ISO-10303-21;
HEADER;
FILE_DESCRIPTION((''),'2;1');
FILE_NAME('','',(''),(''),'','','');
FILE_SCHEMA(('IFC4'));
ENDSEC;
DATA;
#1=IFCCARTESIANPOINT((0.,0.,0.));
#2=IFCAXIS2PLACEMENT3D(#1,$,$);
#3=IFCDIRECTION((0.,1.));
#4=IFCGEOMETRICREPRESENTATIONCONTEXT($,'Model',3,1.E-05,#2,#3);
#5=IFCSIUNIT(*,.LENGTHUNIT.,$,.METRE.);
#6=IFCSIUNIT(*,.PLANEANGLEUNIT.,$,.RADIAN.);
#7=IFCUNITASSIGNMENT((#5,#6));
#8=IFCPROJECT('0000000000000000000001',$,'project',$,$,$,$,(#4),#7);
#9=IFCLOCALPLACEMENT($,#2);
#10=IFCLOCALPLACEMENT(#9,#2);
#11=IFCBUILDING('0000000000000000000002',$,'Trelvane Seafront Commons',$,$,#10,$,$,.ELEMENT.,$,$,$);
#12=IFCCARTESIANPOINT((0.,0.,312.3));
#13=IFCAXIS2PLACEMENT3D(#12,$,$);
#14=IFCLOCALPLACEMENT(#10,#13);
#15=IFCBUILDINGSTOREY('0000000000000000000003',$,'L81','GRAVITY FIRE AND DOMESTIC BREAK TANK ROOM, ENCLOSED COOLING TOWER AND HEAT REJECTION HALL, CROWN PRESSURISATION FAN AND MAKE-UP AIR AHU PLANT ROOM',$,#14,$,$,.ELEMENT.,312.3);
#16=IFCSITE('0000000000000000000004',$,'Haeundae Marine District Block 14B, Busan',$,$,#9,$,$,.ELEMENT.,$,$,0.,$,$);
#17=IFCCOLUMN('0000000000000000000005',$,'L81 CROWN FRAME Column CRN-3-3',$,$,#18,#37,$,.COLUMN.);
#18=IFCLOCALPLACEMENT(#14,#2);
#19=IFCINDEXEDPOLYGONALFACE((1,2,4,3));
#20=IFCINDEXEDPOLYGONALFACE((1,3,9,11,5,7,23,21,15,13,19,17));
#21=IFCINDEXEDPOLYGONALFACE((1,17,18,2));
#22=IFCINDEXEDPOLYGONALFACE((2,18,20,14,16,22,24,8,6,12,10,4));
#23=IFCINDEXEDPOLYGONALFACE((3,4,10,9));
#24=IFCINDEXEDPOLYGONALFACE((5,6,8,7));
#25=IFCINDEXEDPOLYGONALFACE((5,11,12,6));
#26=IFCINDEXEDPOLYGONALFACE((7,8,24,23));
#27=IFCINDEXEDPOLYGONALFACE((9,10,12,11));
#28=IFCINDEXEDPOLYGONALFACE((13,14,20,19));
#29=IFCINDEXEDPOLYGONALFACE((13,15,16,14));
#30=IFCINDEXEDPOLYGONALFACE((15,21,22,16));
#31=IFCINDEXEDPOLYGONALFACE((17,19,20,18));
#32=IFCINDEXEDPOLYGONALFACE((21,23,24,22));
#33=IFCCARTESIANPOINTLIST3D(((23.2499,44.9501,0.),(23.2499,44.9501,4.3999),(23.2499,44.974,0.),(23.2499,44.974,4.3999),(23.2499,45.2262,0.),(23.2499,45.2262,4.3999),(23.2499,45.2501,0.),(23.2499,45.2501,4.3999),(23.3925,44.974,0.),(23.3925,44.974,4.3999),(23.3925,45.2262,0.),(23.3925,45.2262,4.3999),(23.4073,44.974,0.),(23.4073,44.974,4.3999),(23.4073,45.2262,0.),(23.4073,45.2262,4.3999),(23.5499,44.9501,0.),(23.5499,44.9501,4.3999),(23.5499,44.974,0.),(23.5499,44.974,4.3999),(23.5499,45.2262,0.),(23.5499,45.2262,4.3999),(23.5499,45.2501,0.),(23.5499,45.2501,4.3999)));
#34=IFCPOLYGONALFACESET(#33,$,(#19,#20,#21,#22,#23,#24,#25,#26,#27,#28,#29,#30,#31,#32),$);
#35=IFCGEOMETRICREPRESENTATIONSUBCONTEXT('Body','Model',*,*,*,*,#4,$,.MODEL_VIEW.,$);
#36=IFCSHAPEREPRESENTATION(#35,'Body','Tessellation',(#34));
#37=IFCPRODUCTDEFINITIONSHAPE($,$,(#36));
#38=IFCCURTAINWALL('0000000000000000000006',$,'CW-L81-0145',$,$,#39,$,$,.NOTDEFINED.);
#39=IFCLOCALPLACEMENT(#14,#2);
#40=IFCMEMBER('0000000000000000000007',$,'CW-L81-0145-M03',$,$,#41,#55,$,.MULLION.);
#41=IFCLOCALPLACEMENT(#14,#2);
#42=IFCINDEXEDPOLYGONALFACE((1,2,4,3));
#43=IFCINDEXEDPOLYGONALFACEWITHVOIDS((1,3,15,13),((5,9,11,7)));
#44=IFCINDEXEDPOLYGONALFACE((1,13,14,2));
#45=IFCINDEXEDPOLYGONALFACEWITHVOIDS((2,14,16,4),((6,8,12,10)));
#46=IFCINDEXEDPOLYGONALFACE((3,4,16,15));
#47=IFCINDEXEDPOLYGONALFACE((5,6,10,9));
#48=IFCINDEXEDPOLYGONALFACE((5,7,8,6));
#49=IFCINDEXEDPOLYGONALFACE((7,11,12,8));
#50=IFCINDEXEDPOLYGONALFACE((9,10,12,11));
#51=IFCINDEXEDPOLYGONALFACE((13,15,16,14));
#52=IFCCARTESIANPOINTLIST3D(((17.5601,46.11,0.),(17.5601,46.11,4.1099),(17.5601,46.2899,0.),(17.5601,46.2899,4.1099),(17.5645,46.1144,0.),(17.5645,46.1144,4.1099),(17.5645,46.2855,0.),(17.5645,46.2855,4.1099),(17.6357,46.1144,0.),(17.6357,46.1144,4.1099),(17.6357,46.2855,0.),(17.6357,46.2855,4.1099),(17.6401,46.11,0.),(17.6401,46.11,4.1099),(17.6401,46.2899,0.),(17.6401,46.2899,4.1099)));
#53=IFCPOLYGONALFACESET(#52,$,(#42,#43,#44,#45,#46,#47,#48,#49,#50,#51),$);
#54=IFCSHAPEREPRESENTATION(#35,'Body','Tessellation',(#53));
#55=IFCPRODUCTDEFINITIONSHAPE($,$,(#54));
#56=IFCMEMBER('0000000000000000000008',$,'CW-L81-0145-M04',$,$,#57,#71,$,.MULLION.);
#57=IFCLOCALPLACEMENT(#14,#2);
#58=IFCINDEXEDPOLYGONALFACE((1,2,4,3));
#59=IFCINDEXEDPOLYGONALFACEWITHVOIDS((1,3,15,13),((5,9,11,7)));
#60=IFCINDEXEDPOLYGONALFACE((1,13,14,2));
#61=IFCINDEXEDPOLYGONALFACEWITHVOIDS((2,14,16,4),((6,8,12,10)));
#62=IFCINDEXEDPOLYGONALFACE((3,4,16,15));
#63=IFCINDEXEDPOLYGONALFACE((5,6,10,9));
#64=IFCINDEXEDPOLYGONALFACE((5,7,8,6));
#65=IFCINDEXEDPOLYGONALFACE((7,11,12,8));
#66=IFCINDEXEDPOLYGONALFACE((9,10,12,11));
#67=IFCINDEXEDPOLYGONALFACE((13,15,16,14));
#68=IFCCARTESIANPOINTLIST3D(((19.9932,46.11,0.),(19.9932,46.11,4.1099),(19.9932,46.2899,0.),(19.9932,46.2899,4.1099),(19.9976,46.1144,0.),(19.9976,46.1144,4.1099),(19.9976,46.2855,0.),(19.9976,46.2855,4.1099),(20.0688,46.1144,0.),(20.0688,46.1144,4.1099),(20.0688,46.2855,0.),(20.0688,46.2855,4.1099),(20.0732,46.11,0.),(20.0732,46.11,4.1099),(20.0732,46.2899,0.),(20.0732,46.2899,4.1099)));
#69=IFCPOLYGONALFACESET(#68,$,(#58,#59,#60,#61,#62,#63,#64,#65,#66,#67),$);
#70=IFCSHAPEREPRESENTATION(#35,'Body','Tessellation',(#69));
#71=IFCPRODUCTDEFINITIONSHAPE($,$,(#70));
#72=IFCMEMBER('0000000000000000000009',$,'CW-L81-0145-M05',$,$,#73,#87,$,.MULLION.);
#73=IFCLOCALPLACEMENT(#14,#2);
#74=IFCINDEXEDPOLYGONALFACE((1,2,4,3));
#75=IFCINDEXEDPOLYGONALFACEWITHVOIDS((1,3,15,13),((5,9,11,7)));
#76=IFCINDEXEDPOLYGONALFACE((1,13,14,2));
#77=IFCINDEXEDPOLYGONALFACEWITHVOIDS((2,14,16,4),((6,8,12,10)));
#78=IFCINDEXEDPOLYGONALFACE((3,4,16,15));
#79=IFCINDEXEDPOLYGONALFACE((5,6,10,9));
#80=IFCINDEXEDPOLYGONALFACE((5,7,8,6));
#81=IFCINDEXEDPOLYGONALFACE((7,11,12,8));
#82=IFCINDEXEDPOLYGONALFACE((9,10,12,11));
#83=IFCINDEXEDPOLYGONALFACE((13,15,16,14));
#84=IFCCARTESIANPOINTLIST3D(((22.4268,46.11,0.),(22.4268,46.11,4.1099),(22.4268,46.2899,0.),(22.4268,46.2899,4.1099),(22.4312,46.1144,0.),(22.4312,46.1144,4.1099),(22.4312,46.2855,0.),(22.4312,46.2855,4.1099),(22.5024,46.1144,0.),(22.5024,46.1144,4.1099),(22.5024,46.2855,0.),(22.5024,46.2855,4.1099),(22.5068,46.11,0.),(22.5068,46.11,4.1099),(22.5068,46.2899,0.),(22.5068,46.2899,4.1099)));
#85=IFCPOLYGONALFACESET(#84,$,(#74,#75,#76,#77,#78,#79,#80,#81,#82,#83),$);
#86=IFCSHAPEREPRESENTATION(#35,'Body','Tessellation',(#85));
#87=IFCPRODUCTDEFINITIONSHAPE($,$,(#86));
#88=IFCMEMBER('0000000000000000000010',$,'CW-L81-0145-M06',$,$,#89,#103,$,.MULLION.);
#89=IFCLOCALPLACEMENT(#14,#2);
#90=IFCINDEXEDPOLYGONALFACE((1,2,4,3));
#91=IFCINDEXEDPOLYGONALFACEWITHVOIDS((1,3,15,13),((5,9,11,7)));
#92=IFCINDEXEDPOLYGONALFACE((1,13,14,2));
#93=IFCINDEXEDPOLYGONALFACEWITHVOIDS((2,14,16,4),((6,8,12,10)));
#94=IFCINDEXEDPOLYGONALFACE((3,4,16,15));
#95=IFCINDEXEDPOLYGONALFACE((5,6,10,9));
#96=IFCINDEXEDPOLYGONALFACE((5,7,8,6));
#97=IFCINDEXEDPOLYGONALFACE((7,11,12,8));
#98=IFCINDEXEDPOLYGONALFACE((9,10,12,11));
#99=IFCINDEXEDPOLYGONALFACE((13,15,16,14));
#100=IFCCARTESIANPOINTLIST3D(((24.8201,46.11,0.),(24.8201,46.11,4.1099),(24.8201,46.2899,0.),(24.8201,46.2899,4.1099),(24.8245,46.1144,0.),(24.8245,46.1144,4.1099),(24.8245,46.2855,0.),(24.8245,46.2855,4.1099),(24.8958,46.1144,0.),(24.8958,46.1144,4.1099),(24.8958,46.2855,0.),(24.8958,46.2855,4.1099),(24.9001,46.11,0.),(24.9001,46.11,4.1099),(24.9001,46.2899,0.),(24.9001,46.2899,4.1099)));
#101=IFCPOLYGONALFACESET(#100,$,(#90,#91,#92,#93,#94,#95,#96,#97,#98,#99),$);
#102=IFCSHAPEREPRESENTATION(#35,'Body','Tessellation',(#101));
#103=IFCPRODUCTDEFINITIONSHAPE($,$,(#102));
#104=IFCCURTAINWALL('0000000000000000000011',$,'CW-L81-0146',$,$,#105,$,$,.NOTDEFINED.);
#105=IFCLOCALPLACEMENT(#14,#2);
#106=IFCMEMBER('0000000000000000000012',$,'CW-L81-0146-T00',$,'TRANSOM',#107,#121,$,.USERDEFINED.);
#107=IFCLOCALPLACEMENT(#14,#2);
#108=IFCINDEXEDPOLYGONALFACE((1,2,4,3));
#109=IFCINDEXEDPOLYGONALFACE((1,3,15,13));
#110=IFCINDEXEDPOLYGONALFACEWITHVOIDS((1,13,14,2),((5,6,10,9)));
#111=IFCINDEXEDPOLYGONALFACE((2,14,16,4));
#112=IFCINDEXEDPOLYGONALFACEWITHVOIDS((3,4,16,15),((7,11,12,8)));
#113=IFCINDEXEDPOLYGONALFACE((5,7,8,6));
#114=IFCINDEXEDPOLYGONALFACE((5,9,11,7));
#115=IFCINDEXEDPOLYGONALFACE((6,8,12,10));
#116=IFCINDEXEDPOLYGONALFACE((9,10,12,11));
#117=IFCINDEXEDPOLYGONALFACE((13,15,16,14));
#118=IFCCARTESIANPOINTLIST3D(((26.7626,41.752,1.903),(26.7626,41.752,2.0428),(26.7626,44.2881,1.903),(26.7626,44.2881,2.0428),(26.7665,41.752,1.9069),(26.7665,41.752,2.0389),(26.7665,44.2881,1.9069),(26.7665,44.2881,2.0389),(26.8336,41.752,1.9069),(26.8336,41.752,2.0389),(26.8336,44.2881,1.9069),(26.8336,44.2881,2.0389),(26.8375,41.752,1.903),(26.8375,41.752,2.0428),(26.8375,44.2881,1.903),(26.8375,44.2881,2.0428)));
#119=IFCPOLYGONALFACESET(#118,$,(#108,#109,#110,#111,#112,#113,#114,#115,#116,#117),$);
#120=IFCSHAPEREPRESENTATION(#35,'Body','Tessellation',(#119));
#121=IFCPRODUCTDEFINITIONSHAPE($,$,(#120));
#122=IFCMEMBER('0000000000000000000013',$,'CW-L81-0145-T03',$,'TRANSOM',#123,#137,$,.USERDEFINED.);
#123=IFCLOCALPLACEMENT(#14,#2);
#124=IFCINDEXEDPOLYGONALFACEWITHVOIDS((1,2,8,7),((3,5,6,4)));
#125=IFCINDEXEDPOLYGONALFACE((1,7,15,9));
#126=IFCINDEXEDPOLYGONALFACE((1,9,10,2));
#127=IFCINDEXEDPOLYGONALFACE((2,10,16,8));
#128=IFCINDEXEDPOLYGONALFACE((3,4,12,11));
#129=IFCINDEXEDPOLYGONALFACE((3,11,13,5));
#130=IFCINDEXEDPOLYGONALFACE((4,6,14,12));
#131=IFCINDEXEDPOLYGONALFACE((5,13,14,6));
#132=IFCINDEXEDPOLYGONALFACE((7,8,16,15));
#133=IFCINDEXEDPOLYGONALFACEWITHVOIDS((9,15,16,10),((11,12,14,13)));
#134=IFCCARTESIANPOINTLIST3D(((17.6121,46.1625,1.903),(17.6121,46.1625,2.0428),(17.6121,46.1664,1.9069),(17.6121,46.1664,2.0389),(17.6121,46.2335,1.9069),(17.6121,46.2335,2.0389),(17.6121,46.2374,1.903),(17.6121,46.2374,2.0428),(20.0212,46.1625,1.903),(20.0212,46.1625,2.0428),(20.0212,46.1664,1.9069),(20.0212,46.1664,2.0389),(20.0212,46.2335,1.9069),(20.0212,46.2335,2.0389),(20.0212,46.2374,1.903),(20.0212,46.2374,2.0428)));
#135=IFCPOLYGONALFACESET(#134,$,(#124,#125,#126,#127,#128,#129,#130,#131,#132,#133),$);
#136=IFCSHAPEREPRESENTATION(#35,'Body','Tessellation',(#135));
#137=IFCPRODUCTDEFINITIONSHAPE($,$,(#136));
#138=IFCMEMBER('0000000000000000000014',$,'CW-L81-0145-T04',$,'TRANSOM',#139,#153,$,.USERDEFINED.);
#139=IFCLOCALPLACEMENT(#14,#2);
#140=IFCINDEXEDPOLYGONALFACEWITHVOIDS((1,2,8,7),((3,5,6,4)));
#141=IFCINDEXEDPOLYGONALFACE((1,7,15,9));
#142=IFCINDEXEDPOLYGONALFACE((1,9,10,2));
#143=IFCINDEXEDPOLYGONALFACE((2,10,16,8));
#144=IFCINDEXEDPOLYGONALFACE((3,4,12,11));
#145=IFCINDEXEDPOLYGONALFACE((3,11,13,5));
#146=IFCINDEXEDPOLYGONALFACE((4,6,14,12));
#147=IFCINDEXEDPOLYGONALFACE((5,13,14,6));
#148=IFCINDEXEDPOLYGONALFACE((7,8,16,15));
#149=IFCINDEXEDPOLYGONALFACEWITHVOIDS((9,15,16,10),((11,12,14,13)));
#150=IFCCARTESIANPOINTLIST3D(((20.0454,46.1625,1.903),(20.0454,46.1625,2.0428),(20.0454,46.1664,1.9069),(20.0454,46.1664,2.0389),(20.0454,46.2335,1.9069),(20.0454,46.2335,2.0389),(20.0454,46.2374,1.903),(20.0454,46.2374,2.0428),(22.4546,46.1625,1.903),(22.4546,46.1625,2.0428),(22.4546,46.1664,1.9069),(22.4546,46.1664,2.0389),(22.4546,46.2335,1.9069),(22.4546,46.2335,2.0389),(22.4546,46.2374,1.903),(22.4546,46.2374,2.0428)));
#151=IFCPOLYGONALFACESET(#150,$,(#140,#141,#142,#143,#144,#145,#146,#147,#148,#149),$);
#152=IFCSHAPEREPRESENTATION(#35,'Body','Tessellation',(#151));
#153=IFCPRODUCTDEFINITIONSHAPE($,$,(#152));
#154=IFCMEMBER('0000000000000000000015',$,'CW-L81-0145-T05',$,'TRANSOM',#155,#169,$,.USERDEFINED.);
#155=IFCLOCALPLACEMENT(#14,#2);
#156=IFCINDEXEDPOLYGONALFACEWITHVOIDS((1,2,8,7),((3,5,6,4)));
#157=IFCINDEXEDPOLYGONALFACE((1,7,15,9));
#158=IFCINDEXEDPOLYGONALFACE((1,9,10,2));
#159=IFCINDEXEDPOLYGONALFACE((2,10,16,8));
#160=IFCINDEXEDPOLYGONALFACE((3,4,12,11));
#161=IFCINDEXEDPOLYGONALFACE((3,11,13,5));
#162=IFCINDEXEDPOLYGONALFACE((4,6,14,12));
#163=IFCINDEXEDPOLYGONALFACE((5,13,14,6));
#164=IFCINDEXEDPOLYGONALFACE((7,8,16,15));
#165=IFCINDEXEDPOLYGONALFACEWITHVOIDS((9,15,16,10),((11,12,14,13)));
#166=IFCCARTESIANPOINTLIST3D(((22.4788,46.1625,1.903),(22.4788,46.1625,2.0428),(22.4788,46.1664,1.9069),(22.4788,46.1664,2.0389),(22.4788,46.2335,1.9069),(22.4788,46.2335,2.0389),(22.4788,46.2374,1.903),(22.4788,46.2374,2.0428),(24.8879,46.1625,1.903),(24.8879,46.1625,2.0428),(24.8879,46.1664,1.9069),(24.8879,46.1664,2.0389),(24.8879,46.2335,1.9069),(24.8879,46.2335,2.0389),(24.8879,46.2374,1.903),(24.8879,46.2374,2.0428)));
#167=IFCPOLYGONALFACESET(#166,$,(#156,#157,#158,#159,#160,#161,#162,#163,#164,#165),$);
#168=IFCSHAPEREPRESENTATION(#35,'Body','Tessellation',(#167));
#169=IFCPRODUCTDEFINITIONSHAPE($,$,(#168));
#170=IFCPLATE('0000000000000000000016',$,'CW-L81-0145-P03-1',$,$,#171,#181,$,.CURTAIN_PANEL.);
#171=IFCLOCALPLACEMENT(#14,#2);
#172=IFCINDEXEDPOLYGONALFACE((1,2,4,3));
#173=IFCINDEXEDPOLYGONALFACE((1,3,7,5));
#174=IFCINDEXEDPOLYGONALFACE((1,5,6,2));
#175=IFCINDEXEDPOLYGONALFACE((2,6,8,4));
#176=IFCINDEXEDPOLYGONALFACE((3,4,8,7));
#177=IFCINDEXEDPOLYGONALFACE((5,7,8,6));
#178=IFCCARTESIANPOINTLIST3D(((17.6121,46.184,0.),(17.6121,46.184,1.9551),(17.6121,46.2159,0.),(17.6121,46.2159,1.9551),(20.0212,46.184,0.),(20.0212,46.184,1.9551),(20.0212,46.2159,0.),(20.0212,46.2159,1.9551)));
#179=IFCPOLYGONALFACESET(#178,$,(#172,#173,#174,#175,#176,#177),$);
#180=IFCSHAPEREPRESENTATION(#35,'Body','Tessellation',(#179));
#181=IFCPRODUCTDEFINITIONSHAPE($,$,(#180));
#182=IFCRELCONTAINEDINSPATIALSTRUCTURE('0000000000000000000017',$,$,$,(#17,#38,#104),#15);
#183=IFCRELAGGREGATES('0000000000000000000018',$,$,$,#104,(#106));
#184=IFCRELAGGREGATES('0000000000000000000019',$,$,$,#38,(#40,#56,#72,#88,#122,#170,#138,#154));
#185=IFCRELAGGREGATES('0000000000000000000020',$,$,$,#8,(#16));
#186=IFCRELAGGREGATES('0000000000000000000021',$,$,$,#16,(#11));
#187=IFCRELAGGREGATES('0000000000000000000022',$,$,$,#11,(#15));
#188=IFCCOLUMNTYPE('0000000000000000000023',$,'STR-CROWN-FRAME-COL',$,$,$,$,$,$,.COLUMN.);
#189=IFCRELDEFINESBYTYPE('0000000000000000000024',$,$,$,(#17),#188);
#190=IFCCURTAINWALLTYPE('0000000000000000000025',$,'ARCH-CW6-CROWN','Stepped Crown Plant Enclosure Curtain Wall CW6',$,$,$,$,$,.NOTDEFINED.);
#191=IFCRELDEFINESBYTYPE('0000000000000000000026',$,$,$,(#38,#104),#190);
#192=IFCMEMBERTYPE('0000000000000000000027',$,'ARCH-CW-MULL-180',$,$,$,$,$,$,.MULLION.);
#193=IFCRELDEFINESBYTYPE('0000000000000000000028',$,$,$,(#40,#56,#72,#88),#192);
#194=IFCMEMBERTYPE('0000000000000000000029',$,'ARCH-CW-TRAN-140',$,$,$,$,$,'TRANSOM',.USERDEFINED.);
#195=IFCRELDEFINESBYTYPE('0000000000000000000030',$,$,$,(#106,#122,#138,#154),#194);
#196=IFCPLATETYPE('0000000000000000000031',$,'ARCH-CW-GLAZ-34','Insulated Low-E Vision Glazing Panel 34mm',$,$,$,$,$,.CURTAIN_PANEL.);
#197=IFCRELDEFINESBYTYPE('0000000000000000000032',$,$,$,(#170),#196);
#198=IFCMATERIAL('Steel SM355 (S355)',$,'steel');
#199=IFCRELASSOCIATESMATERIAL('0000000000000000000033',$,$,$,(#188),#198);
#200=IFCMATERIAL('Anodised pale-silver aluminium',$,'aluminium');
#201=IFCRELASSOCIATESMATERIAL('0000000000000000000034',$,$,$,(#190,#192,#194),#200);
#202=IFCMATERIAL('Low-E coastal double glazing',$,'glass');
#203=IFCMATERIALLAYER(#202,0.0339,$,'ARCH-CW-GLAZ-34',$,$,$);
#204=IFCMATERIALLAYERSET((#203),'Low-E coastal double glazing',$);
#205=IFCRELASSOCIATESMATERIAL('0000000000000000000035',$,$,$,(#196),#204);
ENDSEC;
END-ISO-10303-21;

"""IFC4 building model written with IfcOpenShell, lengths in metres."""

from ifc_helpers import new_model, si_unit, direction, frame, origin, origin_2d, place, context, subcontext, project, spatial, rectangle, hollow_rectangle, i_section, extrude, source, transform, mapped, material, layer, layer_set, material_profile, profile_set, type_object, element, aggregate, save


model = new_model("IFC4")

# Units and contexts
model_context = context("Model", 3, precision=1e-05, world=origin(), true_north=direction((0.0, 1.0)))
body_context = subcontext(model_context, "Body", "Model", "MODEL_VIEW")
ifc_project = project(units=[si_unit("LENGTHUNIT", "METRE"), si_unit("PLANEANGLEUNIT", "RADIAN")], contexts=[model_context])

# Site, building, storey
site_placement = place(None, origin())
site = spatial("IfcSite", under=ifc_project, at=site_placement, Name="Haeundae Marine District Block 14B, Busan", CompositionType="ELEMENT", RefElevation=0.0)
building_placement = place(site_placement, origin())
building = spatial("IfcBuilding", under=site, at=building_placement, Name="Trelvane Seafront Commons", CompositionType="ELEMENT")
storey_placement = place(building_placement, frame((0.0, 0.0, 312.3)))
storey = spatial("IfcBuildingStorey", under=building, at=storey_placement, Name="L81", Description="GRAVITY FIRE AND DOMESTIC BREAK TANK ROOM, ENCLOSED COOLING TOWER AND HEAT REJECTION HALL, CROWN PRESSURISATION FAN AND MAKE-UP AIR AHU PLANT ROOM", CompositionType="ELEMENT", Elevation=312.3)

# Column
ifc_material_1 = material(Name="Steel SM355 (S355)", Category="steel")
ifc_material_profile_1 = material_profile(ifc_material_1, i_section(OverallWidth=0.3, OverallDepth=0.3, WebThickness=0.0149, FlangeThickness=0.0239, at=origin_2d()), Name="HD-300x300x15x24")
ifc_profile_set_1 = profile_set([ifc_material_profile_1], Name="Steel SM355 (S355)")
column_type = type_object("IfcColumnType", Name="STR-CROWN-FRAME-COL", PredefinedType="COLUMN", material=ifc_profile_set_1)
shared_shape_1 = source(origin(), body_context, "Body", "SweptSolid", [
    extrude(i_section(OverallWidth=0.3, OverallDepth=0.3, WebThickness=0.0149, FlangeThickness=0.0239, at=origin_2d()), origin(), (0.0, 0.0, 1.0), 4.3999),
])
column_placement = place(storey_placement, frame((23.3999, 45.1001, 0.0), z_axis=(0.0, 0.0, 1.0), x_axis=(1.0, 0.0, 0.0)))
element("IfcColumn", 1, at=column_placement, inside=storey, type_object=column_type, Name="L81 CROWN FRAME Column CRN-3-3", PredefinedType="COLUMN", context=body_context, shape_type="MappedRepresentation", body=[
    mapped(shared_shape_1, transform((0.0, 0.0, 0.0), x_axis=(1.0, 0.0, 0.0), y_axis=(0.0, 1.0, 0.0), z_axis=(0.0, 0.0, 1.0), scale=1.0)),
])

# Curtain wall, members
ifc_material_2 = material(Name="Anodised pale-silver aluminium", Category="aluminium")
curtain_wall_type = type_object("IfcCurtainWallType", Name="ARCH-CW6-CROWN", Description="Stepped Crown Plant Enclosure Curtain Wall CW6", PredefinedType="NOTDEFINED", material=ifc_material_2)
curtain_wall_1_placement = place(storey_placement, origin())
curtain_wall_1 = element("IfcCurtainWall", 2, at=curtain_wall_1_placement, inside=storey, type_object=curtain_wall_type, Name="CW-L81-0145", PredefinedType="NOTDEFINED")
ifc_material_profile_2 = material_profile(ifc_material_2, hollow_rectangle(XDim=0.0801, YDim=0.1799, WallThickness=0.0044, at=origin_2d()), Name="MULL-80x180x4.5")
ifc_profile_set_2 = profile_set([ifc_material_profile_2], Name="Anodised pale-silver aluminium")
member_type_1 = type_object("IfcMemberType", Name="ARCH-CW-MULL-180", PredefinedType="MULLION", material=ifc_profile_set_2)
shared_shape_2 = source(origin(), body_context, "Body", "SweptSolid", [
    extrude(hollow_rectangle(XDim=0.0801, YDim=0.1799, WallThickness=0.0044, at=origin_2d()), origin(), (0.0, 0.0, 1.0), 4.1099),
])
member_1_placement = place(storey_placement, frame((17.6001, 46.2, 0.0), z_axis=(0.0, 0.0, 1.0), x_axis=(1.0, 0.0, 0.0)))
member_1 = element("IfcMember", 3, at=member_1_placement, type_object=member_type_1, Name="CW-L81-0145-M03", PredefinedType="MULLION", context=body_context, shape_type="MappedRepresentation", body=[
    mapped(shared_shape_2, transform((0.0, 0.0, 0.0), x_axis=(1.0, 0.0, 0.0), y_axis=(0.0, 1.0, 0.0), z_axis=(0.0, 0.0, 1.0), scale=1.0)),
])
member_2_placement = place(storey_placement, frame((20.0332, 46.2, 0.0), z_axis=(0.0, 0.0, 1.0), x_axis=(1.0, 0.0, 0.0)))
member_2 = element("IfcMember", 4, at=member_2_placement, type_object=member_type_1, Name="CW-L81-0145-M04", PredefinedType="MULLION", context=body_context, shape_type="MappedRepresentation", body=[
    mapped(shared_shape_2, transform((0.0, 0.0, 0.0), x_axis=(1.0, 0.0, 0.0), y_axis=(0.0, 1.0, 0.0), z_axis=(0.0, 0.0, 1.0), scale=1.0)),
])
member_3_placement = place(storey_placement, frame((22.4668, 46.2, 0.0), z_axis=(0.0, 0.0, 1.0), x_axis=(1.0, 0.0, 0.0)))
member_3 = element("IfcMember", 5, at=member_3_placement, type_object=member_type_1, Name="CW-L81-0145-M05", PredefinedType="MULLION", context=body_context, shape_type="MappedRepresentation", body=[
    mapped(shared_shape_2, transform((0.0, 0.0, 0.0), x_axis=(1.0, 0.0, 0.0), y_axis=(0.0, 1.0, 0.0), z_axis=(0.0, 0.0, 1.0), scale=1.0)),
])
member_4_placement = place(storey_placement, frame((24.8601, 46.2, 0.0), z_axis=(0.0, 0.0, 1.0), x_axis=(1.0, 0.0, 0.0)))
member_4 = element("IfcMember", 6, at=member_4_placement, type_object=member_type_1, Name="CW-L81-0145-M06", PredefinedType="MULLION", context=body_context, shape_type="MappedRepresentation", body=[
    mapped(shared_shape_2, transform((0.0, 0.0, 0.0), x_axis=(1.0, 0.0, 0.0), y_axis=(0.0, 1.0, 0.0), z_axis=(0.0, 0.0, 1.0), scale=1.0)),
])

# Curtain wall, member
curtain_wall_2_placement = place(storey_placement, origin())
curtain_wall_2 = element("IfcCurtainWall", 7, at=curtain_wall_2_placement, inside=storey, type_object=curtain_wall_type, Name="CW-L81-0146", PredefinedType="NOTDEFINED")
ifc_material_profile_3 = material_profile(ifc_material_2, hollow_rectangle(XDim=0.075, YDim=0.1399, WallThickness=0.0039, at=origin_2d()), Name="TRAN-75x140x4")
ifc_profile_set_3 = profile_set([ifc_material_profile_3], Name="Anodised pale-silver aluminium")
member_type_2 = type_object("IfcMemberType", Name="ARCH-CW-TRAN-140", ElementType="TRANSOM", PredefinedType="USERDEFINED", material=ifc_profile_set_3)
shared_shape_3 = source(origin(), body_context, "Body", "SweptSolid", [
    extrude(hollow_rectangle(XDim=0.075, YDim=0.1399, WallThickness=0.0039, at=origin_2d()), origin(), (0.0, 0.0, 1.0), 2.5361),
])
member_5_placement = place(storey_placement, frame((26.8, 44.2881, 1.9729), z_axis=(0.0, -1.0, 0.0), x_axis=(1.0, 0.0, 0.0)))
member_5 = element("IfcMember", 8, at=member_5_placement, type_object=member_type_2, Name="CW-L81-0146-T00", ObjectType="TRANSOM", PredefinedType="USERDEFINED", context=body_context, shape_type="MappedRepresentation", body=[
    mapped(shared_shape_3, transform((0.0, 0.0, 0.0), x_axis=(1.0, 0.0, 0.0), y_axis=(0.0, 1.0, 0.0), z_axis=(0.0, 0.0, 1.0), scale=1.0)),
])
aggregate(curtain_wall_2, [member_5])

# Members
shared_shape_4 = source(origin(), body_context, "Body", "SweptSolid", [
    extrude(hollow_rectangle(XDim=0.075, YDim=0.1399, WallThickness=0.0039, at=origin_2d()), origin(), (0.0, 0.0, 1.0), 2.4092),
])
member_6_placement = place(storey_placement, frame((17.6121, 46.2, 1.9729), z_axis=(1.0, 0.0, 0.0), x_axis=(0.0, 1.0, 0.0)))
member_6 = element("IfcMember", 9, at=member_6_placement, type_object=member_type_2, Name="CW-L81-0145-T03", ObjectType="TRANSOM", PredefinedType="USERDEFINED", context=body_context, shape_type="MappedRepresentation", body=[
    mapped(shared_shape_4, transform((0.0, 0.0, 0.0), x_axis=(1.0, 0.0, 0.0), y_axis=(0.0, 1.0, 0.0), z_axis=(0.0, 0.0, 1.0), scale=1.0)),
])
member_7_placement = place(storey_placement, frame((20.0454, 46.2, 1.9729), z_axis=(1.0, 0.0, 0.0), x_axis=(0.0, 1.0, 0.0)))
member_7 = element("IfcMember", 10, at=member_7_placement, type_object=member_type_2, Name="CW-L81-0145-T04", ObjectType="TRANSOM", PredefinedType="USERDEFINED", context=body_context, shape_type="MappedRepresentation", body=[
    mapped(shared_shape_4, transform((0.0, 0.0, 0.0), x_axis=(1.0, 0.0, 0.0), y_axis=(0.0, 1.0, 0.0), z_axis=(0.0, 0.0, 1.0), scale=1.0)),
])
member_8_placement = place(storey_placement, frame((22.4788, 46.2, 1.9729), z_axis=(1.0, 0.0, 0.0), x_axis=(0.0, 1.0, 0.0)))
member_8 = element("IfcMember", 11, at=member_8_placement, type_object=member_type_2, Name="CW-L81-0145-T05", ObjectType="TRANSOM", PredefinedType="USERDEFINED", context=body_context, shape_type="MappedRepresentation", body=[
    mapped(shared_shape_4, transform((0.0, 0.0, 0.0), x_axis=(1.0, 0.0, 0.0), y_axis=(0.0, 1.0, 0.0), z_axis=(0.0, 0.0, 1.0), scale=1.0)),
])

# Plate
ifc_material_3 = material(Name="Low-E coastal double glazing", Category="glass")
ifc_layer_1 = layer(ifc_material_3, 0.0339, Name="ARCH-CW-GLAZ-34")
ifc_layer_set_1 = layer_set([ifc_layer_1], Name="Low-E coastal double glazing")
plate_type_1 = type_object("IfcPlateType", Name="ARCH-CW-GLAZ-34", Description="Insulated Low-E Vision Glazing Panel 34mm", PredefinedType="CURTAIN_PANEL", material=ifc_layer_set_1)
shared_shape_5 = source(origin(), body_context, "Body", "SweptSolid", [
    extrude(rectangle(XDim=2.4092, YDim=0.032, at=origin_2d()), origin(), (0.0, 0.0, 1.0), 1.9551),
])
plate_1_placement = place(storey_placement, frame((18.8167, 46.2, 0.0), z_axis=(0.0, 0.0, 1.0), x_axis=(1.0, 0.0, 0.0)))
plate_1 = element("IfcPlate", 12, at=plate_1_placement, type_object=plate_type_1, Name="CW-L81-0145-P03-1", PredefinedType="CURTAIN_PANEL", context=body_context, shape_type="MappedRepresentation", body=[
    mapped(shared_shape_5, transform((0.0, 0.0, 0.0), x_axis=(1.0, 0.0, 0.0), y_axis=(0.0, 1.0, 0.0), z_axis=(0.0, 0.0, 1.0), scale=1.0)),
])
aggregate(curtain_wall_1, [member_1, member_2, member_3, member_4, member_6, plate_1, member_7, member_8])

save(model, "model.ifc")
